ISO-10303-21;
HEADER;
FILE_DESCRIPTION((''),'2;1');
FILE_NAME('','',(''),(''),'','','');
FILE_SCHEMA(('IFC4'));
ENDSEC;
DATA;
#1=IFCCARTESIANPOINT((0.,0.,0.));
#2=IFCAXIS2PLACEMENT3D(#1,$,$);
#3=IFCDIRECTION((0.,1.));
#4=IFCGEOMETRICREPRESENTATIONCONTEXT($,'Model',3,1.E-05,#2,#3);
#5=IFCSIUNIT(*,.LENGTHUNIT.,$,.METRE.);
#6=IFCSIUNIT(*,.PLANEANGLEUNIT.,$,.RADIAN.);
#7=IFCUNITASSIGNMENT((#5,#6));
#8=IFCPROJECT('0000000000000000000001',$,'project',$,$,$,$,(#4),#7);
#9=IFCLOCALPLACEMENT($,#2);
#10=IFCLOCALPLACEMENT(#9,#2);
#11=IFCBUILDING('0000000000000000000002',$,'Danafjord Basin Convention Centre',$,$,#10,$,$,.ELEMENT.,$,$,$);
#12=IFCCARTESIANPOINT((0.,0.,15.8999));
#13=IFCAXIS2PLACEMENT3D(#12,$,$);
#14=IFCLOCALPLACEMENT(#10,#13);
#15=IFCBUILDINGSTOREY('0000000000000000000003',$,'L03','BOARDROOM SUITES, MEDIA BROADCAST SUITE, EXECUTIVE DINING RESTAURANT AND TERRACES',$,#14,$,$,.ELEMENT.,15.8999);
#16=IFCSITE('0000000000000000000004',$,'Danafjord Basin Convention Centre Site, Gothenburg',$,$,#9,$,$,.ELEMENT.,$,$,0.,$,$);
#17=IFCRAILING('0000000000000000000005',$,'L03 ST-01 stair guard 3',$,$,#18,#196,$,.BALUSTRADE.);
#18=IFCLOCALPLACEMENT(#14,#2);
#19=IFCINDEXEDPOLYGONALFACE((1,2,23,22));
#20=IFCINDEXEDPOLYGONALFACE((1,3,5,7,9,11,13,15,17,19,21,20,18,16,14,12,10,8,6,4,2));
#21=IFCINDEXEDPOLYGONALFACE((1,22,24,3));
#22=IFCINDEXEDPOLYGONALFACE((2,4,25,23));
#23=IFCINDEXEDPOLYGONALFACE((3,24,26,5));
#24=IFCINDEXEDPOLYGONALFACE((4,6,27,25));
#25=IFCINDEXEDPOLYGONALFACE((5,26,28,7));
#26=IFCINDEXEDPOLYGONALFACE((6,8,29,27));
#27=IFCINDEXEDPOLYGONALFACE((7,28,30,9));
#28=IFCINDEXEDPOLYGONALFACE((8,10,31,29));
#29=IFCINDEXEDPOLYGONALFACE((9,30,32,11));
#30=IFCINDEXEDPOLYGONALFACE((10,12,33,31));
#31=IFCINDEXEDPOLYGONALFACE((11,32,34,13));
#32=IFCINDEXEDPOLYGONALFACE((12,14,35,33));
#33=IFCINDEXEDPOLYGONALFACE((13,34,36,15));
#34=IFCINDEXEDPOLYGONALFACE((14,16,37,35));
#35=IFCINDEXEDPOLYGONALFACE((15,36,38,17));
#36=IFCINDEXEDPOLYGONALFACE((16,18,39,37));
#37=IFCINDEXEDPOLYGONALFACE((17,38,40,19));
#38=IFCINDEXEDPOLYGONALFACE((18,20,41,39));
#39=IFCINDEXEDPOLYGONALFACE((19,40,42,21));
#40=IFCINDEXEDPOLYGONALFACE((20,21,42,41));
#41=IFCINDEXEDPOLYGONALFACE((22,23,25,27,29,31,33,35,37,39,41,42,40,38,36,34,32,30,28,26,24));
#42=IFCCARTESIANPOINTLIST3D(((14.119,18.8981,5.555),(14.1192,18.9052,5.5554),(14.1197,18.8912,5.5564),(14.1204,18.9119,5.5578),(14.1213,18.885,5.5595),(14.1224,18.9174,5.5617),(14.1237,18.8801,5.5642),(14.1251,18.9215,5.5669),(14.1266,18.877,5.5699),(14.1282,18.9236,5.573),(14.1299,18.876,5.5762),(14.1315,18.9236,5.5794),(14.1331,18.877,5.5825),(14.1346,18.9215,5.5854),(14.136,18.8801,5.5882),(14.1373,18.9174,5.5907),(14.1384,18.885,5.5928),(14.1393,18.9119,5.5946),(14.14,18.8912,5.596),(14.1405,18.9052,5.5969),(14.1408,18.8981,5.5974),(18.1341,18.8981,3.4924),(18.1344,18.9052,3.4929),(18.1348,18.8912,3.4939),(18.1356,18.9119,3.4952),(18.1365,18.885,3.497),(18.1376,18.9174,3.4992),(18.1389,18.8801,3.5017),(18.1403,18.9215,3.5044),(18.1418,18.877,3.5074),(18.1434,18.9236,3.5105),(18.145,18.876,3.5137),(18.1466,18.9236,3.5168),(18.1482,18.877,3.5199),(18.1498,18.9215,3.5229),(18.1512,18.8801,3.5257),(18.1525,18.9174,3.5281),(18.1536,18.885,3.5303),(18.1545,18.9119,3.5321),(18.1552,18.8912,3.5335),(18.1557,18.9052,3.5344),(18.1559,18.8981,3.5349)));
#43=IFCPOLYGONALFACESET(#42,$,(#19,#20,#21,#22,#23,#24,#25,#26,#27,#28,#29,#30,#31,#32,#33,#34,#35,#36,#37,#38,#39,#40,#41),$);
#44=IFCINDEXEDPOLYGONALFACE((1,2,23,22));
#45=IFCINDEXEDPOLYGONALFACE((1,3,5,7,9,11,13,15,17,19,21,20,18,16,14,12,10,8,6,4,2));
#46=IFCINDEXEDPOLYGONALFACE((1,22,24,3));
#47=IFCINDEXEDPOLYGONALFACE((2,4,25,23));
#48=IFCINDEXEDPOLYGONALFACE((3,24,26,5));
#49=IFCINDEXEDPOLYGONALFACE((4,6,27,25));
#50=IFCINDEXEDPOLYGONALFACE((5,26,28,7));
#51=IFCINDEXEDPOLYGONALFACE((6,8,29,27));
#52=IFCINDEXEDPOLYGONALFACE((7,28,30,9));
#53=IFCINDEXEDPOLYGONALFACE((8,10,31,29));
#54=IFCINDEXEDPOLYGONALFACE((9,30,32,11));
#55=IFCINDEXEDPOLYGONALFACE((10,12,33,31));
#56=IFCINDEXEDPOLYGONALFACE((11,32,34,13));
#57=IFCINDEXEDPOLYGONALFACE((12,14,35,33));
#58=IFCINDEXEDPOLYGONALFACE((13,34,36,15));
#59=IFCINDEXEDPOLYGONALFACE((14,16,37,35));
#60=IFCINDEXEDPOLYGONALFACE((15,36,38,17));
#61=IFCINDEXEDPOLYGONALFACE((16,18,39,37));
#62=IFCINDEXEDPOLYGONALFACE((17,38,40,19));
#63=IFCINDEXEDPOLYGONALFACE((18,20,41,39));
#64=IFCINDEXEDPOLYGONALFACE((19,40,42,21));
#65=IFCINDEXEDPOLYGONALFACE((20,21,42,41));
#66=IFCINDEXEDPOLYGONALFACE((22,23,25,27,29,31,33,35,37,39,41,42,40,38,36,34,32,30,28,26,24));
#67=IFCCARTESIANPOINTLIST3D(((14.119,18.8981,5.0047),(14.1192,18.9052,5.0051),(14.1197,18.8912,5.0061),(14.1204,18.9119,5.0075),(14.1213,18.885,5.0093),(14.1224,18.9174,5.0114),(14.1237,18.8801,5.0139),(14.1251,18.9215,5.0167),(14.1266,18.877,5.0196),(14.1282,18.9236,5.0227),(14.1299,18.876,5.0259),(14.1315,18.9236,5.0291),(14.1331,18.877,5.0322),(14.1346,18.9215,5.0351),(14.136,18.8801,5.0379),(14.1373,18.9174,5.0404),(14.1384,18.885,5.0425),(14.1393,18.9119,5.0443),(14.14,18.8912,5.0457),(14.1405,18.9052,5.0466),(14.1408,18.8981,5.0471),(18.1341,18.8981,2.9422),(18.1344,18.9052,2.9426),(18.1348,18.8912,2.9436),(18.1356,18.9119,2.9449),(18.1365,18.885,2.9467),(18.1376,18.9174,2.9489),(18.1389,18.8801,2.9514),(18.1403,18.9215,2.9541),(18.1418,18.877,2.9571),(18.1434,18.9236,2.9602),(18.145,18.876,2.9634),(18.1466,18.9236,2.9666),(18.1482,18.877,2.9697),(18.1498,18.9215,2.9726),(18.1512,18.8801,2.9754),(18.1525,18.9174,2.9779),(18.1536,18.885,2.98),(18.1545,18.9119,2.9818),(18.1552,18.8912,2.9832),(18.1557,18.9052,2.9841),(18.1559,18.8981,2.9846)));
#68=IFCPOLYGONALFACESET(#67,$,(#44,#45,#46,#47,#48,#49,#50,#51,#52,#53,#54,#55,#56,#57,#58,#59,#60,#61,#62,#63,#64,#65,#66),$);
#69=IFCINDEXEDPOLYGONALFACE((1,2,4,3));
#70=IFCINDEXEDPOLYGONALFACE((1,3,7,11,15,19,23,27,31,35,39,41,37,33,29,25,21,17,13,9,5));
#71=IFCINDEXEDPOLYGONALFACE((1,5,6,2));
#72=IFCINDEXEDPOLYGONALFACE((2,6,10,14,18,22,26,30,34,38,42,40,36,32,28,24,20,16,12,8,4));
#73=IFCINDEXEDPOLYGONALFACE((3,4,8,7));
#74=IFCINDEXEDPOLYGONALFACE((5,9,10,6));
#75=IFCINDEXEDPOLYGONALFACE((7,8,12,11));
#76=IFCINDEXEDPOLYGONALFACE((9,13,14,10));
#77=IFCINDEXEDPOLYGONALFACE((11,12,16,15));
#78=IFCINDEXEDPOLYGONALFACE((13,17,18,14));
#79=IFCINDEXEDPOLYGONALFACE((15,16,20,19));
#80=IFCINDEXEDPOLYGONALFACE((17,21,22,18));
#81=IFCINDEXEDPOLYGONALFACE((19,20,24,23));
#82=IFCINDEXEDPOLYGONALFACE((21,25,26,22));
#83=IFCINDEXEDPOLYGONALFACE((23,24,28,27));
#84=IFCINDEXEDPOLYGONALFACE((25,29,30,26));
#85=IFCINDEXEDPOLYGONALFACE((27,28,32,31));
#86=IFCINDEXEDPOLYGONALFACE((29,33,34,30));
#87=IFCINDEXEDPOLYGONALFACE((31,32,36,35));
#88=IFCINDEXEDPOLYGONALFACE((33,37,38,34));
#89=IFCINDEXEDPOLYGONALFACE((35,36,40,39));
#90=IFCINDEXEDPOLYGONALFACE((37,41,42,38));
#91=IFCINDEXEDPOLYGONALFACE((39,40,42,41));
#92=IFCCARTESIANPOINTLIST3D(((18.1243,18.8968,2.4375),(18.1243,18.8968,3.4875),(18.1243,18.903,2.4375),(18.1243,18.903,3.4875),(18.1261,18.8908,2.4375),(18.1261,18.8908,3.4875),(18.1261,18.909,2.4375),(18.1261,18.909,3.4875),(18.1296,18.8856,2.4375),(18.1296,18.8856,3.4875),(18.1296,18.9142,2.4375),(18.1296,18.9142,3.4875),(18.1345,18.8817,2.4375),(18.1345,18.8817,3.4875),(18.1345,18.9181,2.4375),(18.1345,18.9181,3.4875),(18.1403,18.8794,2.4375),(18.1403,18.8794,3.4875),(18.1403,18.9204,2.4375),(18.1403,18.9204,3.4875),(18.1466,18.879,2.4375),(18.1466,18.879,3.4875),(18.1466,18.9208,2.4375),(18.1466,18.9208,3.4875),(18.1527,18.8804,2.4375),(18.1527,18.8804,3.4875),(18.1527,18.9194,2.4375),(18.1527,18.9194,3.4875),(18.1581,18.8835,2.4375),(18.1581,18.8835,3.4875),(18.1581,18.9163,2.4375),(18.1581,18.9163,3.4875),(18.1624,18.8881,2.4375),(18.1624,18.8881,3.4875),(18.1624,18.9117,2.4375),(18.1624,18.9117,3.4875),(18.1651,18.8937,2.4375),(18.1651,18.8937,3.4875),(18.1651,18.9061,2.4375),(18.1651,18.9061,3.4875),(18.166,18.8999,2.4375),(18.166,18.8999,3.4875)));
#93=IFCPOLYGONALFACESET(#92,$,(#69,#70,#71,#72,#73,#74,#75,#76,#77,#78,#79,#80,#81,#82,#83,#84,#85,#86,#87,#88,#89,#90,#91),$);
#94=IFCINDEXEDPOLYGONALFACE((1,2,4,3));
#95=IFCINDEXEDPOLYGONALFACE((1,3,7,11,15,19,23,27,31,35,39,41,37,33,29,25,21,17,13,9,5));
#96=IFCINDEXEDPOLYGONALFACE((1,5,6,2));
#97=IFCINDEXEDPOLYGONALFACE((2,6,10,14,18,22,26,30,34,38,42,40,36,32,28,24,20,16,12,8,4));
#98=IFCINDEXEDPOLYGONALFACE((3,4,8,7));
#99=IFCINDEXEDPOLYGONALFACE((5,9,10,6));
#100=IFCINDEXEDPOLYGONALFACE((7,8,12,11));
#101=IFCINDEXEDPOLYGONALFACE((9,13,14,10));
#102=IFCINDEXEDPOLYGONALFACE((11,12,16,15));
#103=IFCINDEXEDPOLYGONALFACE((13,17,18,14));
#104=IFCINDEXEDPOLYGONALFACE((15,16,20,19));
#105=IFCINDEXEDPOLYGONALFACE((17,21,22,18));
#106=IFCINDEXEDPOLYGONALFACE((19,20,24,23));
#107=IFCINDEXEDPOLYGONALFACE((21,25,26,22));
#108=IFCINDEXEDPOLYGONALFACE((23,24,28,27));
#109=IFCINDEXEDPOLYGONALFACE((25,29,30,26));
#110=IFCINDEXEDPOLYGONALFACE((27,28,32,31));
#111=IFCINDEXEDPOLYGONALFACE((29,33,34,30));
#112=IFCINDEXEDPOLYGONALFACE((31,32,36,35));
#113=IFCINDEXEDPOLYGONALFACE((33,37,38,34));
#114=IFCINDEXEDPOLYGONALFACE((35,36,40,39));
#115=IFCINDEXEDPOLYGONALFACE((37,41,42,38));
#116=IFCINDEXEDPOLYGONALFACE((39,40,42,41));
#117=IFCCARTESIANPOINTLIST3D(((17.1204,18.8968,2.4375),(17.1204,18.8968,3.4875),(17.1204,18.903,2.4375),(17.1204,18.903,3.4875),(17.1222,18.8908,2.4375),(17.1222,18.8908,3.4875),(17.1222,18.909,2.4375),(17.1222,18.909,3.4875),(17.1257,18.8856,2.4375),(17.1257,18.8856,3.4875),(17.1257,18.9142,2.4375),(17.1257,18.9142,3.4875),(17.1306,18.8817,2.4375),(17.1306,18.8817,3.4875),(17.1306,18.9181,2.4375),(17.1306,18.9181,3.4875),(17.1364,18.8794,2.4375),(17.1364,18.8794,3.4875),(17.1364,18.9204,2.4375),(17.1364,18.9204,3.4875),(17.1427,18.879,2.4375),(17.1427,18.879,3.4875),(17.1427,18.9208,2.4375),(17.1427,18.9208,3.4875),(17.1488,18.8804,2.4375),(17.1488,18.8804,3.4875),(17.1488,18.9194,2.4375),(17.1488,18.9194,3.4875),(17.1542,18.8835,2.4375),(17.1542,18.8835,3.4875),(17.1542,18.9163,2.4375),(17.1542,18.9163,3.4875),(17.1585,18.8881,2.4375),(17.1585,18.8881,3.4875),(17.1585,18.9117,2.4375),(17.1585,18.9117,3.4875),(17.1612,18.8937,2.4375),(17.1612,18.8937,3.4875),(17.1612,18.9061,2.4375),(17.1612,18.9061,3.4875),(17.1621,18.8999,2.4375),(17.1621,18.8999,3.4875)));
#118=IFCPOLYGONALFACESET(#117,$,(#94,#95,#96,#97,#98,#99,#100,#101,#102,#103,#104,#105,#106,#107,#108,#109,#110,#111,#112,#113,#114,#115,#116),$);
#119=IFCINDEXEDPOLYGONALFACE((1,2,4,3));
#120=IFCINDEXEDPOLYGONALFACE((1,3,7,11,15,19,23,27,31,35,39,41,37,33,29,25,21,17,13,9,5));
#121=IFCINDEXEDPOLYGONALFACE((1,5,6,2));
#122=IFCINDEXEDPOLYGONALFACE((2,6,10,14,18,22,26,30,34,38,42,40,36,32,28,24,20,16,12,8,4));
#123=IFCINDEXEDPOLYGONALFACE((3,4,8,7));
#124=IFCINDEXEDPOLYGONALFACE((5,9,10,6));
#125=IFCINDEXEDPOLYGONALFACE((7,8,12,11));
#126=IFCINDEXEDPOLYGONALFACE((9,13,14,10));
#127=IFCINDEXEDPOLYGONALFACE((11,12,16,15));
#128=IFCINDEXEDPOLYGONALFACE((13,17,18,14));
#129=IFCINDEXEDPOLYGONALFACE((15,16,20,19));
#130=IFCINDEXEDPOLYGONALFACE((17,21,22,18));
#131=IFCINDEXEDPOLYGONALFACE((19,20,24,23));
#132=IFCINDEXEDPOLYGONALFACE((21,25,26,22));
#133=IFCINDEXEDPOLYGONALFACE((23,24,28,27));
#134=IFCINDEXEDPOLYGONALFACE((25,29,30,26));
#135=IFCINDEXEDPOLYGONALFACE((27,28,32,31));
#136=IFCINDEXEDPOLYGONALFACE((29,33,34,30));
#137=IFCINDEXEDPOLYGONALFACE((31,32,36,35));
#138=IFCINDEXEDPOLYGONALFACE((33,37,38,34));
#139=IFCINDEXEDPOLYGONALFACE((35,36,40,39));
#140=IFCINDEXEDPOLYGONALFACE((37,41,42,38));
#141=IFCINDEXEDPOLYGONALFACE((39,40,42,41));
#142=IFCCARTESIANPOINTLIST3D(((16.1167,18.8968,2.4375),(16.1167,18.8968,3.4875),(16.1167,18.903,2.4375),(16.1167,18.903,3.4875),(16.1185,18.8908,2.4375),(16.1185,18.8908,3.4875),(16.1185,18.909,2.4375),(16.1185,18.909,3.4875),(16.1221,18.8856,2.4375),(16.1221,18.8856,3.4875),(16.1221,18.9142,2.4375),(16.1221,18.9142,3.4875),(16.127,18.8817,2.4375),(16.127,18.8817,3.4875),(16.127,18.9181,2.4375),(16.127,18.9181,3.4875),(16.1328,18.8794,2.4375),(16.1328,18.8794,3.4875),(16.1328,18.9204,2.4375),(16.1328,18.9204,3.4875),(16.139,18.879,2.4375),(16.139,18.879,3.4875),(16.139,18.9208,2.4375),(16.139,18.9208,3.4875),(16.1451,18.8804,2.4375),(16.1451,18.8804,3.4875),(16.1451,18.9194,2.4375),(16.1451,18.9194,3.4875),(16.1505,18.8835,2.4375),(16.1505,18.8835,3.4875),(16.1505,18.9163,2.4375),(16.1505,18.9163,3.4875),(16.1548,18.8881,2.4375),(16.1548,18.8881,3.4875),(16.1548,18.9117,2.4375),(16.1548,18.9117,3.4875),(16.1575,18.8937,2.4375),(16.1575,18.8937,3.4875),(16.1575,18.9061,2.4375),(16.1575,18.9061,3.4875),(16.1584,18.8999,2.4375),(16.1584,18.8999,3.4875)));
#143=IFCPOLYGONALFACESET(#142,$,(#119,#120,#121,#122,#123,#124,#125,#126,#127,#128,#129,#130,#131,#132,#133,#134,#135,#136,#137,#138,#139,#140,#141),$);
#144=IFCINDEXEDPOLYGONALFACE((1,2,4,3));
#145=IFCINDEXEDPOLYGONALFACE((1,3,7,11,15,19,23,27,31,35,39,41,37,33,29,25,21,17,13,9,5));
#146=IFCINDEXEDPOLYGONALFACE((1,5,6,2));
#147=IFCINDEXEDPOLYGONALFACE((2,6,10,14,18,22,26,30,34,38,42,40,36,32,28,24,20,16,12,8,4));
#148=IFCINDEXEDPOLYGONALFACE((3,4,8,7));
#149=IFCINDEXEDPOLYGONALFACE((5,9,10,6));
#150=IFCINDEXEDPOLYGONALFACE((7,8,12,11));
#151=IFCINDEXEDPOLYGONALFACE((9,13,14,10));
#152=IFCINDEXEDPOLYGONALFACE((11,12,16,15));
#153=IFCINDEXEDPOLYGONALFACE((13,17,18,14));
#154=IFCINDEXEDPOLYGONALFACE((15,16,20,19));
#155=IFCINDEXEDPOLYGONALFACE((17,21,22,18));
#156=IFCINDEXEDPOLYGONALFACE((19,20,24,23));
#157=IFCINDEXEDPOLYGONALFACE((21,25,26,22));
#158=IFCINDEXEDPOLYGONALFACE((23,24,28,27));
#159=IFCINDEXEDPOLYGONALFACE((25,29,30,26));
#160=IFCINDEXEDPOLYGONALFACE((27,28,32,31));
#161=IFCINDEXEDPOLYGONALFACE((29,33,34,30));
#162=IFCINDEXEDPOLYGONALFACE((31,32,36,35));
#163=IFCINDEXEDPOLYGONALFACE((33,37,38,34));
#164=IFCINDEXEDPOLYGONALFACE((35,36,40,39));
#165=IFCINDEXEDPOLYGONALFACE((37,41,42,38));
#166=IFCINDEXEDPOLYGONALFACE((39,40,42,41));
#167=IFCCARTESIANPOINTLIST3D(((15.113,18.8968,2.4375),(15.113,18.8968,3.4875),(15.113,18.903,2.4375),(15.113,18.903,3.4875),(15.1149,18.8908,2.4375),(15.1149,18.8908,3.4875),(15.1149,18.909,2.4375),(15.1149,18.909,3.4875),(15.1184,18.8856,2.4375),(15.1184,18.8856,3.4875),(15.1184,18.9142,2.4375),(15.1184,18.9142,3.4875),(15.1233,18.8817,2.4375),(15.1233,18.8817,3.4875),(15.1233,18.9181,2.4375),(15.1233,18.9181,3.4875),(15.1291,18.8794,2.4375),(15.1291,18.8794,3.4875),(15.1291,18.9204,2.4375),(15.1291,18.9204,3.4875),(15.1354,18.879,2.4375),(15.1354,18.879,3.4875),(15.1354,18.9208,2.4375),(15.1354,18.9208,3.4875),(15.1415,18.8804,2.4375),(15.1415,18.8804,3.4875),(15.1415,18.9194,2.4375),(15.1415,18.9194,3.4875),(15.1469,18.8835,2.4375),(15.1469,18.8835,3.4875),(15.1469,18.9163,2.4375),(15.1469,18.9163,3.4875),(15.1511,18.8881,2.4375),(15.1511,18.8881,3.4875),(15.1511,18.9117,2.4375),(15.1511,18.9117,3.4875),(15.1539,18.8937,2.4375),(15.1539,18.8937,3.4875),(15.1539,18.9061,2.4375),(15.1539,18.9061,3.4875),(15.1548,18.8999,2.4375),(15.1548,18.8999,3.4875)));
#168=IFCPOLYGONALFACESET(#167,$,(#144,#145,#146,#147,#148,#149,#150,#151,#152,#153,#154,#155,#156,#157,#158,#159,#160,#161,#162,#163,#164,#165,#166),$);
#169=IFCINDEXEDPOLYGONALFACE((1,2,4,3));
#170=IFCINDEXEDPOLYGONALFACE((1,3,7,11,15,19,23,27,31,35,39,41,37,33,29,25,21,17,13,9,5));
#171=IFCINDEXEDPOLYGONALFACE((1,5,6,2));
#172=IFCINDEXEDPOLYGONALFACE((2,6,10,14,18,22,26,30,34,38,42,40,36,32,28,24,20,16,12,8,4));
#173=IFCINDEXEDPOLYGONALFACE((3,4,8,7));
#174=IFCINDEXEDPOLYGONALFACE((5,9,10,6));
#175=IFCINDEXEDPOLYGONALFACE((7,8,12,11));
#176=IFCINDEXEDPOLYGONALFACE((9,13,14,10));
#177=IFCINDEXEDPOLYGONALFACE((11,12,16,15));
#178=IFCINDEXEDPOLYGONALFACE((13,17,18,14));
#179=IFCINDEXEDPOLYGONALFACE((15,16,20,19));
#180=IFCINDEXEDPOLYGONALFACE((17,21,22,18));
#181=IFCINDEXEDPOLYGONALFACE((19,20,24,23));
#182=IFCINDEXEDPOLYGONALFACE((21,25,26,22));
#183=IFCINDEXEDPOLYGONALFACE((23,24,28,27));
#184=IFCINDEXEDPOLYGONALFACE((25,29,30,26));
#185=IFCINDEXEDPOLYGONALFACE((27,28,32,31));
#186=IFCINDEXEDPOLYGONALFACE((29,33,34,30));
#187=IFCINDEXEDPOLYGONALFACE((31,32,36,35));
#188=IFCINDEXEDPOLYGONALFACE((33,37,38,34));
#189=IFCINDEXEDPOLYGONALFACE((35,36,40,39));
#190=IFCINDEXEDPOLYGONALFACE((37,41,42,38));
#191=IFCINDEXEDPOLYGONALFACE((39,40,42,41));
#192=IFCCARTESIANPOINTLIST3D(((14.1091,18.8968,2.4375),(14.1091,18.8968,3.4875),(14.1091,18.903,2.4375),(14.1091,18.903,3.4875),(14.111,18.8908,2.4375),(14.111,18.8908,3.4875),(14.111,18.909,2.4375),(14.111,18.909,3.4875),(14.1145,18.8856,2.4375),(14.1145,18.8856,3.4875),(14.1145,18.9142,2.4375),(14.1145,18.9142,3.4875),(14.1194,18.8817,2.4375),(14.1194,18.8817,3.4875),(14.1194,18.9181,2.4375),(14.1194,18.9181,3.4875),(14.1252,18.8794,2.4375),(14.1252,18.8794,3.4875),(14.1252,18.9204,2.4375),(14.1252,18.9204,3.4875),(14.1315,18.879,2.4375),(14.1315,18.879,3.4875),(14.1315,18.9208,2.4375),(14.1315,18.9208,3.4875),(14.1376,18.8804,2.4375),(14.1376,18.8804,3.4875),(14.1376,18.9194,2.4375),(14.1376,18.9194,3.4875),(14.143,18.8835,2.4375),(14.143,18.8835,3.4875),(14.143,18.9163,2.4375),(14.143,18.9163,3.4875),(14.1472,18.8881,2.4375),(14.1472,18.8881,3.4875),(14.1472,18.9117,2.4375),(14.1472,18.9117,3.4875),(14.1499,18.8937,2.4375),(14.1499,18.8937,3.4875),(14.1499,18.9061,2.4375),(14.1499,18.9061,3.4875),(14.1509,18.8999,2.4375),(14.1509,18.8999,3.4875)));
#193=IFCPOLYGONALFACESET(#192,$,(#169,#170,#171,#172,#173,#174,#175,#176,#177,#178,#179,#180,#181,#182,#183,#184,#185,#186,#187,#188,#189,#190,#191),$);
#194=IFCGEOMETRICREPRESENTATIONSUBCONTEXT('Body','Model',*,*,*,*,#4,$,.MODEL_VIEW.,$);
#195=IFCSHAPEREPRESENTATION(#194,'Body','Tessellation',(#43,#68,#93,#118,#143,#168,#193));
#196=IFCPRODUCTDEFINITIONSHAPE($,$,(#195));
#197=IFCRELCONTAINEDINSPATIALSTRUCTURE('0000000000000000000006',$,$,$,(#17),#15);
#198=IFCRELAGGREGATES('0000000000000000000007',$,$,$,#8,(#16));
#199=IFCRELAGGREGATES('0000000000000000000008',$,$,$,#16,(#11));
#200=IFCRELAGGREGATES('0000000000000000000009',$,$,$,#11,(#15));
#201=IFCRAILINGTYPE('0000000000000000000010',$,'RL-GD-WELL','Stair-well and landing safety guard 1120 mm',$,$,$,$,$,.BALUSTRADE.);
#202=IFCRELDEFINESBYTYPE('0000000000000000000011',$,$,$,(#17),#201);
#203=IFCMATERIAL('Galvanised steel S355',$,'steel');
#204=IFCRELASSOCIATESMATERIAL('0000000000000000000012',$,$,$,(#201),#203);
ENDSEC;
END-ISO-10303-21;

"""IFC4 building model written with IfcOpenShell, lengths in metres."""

from ifc_helpers import new_model, si_unit, direction, frame, origin, origin_2d, place, context, subcontext, project, spatial, circle, extrude, material, type_object, element, save


model = new_model("IFC4")

# Units and contexts
model_context = context("Model", 3, precision=1e-05, world=origin(), true_north=direction((0.0, 1.0)))
body_context = subcontext(model_context, "Body", "Model", "MODEL_VIEW")
ifc_project = project(units=[si_unit("LENGTHUNIT", "METRE"), si_unit("PLANEANGLEUNIT", "RADIAN")], contexts=[model_context])

# Site, building, storey
site_placement = place(None, origin())
site = spatial("IfcSite", under=ifc_project, at=site_placement, Name="Danafjord Basin Convention Centre Site, Gothenburg", CompositionType="ELEMENT", RefElevation=0.0)
building_placement = place(site_placement, origin())
building = spatial("IfcBuilding", under=site, at=building_placement, Name="Danafjord Basin Convention Centre", CompositionType="ELEMENT")
storey_placement = place(building_placement, frame((0.0, 0.0, 15.8999)))
storey = spatial("IfcBuildingStorey", under=building, at=storey_placement, Name="L03", Description="BOARDROOM SUITES, MEDIA BROADCAST SUITE, EXECUTIVE DINING RESTAURANT AND TERRACES", CompositionType="ELEMENT", Elevation=15.8999)

# Railing
ifc_material_1 = material(Name="Galvanised steel S355", Category="steel")
railing_type_1 = type_object("IfcRailingType", Name="RL-GD-WELL", Description="Stair-well and landing safety guard 1120 mm", PredefinedType="BALUSTRADE", material=ifc_material_1)
railing_1_placement = place(storey_placement, frame((18.145, 18.8999, 2.4375)))
element("IfcRailing", 1, at=railing_1_placement, inside=storey, type_object=railing_type_1, Name="L03 ST-01 stair guard 3", PredefinedType="BALUSTRADE", context=body_context, shape_type="SweptSolid", body=[
    extrude(circle(Radius=0.0239, at=origin_2d()), frame((0.0, 0.0, 1.0762), z_axis=(-0.889506, 0.0, 0.456923), x_axis=(0.0, -1.0, 0.0)), (0.0, 0.0, 1.0), 4.5139),
    extrude(circle(Radius=0.0239, at=origin_2d()), frame((0.0, 0.0, 0.5259), z_axis=(-0.889506, 0.0, 0.456923), x_axis=(0.0, -1.0, 0.0)), (0.0, 0.0, 1.0), 4.5139),
    extrude(circle(Radius=0.021, at=origin_2d()), origin(), (0.0, 0.0, 1.0), 1.05),
    extrude(circle(Radius=0.021, at=origin_2d()), frame((-1.0039, 0.0, 0.0)), (0.0, 0.0, 1.0), 1.05),
    extrude(circle(Radius=0.021, at=origin_2d()), frame((-2.0076, 0.0, 0.0)), (0.0, 0.0, 1.0), 1.05),
    extrude(circle(Radius=0.021, at=origin_2d()), frame((-3.0112, 0.0, 0.0)), (0.0, 0.0, 1.0), 1.05),
    extrude(circle(Radius=0.021, at=origin_2d()), frame((-4.0151, 0.0, 0.0)), (0.0, 0.0, 1.0), 1.05),
])

save(model, "model.ifc")
